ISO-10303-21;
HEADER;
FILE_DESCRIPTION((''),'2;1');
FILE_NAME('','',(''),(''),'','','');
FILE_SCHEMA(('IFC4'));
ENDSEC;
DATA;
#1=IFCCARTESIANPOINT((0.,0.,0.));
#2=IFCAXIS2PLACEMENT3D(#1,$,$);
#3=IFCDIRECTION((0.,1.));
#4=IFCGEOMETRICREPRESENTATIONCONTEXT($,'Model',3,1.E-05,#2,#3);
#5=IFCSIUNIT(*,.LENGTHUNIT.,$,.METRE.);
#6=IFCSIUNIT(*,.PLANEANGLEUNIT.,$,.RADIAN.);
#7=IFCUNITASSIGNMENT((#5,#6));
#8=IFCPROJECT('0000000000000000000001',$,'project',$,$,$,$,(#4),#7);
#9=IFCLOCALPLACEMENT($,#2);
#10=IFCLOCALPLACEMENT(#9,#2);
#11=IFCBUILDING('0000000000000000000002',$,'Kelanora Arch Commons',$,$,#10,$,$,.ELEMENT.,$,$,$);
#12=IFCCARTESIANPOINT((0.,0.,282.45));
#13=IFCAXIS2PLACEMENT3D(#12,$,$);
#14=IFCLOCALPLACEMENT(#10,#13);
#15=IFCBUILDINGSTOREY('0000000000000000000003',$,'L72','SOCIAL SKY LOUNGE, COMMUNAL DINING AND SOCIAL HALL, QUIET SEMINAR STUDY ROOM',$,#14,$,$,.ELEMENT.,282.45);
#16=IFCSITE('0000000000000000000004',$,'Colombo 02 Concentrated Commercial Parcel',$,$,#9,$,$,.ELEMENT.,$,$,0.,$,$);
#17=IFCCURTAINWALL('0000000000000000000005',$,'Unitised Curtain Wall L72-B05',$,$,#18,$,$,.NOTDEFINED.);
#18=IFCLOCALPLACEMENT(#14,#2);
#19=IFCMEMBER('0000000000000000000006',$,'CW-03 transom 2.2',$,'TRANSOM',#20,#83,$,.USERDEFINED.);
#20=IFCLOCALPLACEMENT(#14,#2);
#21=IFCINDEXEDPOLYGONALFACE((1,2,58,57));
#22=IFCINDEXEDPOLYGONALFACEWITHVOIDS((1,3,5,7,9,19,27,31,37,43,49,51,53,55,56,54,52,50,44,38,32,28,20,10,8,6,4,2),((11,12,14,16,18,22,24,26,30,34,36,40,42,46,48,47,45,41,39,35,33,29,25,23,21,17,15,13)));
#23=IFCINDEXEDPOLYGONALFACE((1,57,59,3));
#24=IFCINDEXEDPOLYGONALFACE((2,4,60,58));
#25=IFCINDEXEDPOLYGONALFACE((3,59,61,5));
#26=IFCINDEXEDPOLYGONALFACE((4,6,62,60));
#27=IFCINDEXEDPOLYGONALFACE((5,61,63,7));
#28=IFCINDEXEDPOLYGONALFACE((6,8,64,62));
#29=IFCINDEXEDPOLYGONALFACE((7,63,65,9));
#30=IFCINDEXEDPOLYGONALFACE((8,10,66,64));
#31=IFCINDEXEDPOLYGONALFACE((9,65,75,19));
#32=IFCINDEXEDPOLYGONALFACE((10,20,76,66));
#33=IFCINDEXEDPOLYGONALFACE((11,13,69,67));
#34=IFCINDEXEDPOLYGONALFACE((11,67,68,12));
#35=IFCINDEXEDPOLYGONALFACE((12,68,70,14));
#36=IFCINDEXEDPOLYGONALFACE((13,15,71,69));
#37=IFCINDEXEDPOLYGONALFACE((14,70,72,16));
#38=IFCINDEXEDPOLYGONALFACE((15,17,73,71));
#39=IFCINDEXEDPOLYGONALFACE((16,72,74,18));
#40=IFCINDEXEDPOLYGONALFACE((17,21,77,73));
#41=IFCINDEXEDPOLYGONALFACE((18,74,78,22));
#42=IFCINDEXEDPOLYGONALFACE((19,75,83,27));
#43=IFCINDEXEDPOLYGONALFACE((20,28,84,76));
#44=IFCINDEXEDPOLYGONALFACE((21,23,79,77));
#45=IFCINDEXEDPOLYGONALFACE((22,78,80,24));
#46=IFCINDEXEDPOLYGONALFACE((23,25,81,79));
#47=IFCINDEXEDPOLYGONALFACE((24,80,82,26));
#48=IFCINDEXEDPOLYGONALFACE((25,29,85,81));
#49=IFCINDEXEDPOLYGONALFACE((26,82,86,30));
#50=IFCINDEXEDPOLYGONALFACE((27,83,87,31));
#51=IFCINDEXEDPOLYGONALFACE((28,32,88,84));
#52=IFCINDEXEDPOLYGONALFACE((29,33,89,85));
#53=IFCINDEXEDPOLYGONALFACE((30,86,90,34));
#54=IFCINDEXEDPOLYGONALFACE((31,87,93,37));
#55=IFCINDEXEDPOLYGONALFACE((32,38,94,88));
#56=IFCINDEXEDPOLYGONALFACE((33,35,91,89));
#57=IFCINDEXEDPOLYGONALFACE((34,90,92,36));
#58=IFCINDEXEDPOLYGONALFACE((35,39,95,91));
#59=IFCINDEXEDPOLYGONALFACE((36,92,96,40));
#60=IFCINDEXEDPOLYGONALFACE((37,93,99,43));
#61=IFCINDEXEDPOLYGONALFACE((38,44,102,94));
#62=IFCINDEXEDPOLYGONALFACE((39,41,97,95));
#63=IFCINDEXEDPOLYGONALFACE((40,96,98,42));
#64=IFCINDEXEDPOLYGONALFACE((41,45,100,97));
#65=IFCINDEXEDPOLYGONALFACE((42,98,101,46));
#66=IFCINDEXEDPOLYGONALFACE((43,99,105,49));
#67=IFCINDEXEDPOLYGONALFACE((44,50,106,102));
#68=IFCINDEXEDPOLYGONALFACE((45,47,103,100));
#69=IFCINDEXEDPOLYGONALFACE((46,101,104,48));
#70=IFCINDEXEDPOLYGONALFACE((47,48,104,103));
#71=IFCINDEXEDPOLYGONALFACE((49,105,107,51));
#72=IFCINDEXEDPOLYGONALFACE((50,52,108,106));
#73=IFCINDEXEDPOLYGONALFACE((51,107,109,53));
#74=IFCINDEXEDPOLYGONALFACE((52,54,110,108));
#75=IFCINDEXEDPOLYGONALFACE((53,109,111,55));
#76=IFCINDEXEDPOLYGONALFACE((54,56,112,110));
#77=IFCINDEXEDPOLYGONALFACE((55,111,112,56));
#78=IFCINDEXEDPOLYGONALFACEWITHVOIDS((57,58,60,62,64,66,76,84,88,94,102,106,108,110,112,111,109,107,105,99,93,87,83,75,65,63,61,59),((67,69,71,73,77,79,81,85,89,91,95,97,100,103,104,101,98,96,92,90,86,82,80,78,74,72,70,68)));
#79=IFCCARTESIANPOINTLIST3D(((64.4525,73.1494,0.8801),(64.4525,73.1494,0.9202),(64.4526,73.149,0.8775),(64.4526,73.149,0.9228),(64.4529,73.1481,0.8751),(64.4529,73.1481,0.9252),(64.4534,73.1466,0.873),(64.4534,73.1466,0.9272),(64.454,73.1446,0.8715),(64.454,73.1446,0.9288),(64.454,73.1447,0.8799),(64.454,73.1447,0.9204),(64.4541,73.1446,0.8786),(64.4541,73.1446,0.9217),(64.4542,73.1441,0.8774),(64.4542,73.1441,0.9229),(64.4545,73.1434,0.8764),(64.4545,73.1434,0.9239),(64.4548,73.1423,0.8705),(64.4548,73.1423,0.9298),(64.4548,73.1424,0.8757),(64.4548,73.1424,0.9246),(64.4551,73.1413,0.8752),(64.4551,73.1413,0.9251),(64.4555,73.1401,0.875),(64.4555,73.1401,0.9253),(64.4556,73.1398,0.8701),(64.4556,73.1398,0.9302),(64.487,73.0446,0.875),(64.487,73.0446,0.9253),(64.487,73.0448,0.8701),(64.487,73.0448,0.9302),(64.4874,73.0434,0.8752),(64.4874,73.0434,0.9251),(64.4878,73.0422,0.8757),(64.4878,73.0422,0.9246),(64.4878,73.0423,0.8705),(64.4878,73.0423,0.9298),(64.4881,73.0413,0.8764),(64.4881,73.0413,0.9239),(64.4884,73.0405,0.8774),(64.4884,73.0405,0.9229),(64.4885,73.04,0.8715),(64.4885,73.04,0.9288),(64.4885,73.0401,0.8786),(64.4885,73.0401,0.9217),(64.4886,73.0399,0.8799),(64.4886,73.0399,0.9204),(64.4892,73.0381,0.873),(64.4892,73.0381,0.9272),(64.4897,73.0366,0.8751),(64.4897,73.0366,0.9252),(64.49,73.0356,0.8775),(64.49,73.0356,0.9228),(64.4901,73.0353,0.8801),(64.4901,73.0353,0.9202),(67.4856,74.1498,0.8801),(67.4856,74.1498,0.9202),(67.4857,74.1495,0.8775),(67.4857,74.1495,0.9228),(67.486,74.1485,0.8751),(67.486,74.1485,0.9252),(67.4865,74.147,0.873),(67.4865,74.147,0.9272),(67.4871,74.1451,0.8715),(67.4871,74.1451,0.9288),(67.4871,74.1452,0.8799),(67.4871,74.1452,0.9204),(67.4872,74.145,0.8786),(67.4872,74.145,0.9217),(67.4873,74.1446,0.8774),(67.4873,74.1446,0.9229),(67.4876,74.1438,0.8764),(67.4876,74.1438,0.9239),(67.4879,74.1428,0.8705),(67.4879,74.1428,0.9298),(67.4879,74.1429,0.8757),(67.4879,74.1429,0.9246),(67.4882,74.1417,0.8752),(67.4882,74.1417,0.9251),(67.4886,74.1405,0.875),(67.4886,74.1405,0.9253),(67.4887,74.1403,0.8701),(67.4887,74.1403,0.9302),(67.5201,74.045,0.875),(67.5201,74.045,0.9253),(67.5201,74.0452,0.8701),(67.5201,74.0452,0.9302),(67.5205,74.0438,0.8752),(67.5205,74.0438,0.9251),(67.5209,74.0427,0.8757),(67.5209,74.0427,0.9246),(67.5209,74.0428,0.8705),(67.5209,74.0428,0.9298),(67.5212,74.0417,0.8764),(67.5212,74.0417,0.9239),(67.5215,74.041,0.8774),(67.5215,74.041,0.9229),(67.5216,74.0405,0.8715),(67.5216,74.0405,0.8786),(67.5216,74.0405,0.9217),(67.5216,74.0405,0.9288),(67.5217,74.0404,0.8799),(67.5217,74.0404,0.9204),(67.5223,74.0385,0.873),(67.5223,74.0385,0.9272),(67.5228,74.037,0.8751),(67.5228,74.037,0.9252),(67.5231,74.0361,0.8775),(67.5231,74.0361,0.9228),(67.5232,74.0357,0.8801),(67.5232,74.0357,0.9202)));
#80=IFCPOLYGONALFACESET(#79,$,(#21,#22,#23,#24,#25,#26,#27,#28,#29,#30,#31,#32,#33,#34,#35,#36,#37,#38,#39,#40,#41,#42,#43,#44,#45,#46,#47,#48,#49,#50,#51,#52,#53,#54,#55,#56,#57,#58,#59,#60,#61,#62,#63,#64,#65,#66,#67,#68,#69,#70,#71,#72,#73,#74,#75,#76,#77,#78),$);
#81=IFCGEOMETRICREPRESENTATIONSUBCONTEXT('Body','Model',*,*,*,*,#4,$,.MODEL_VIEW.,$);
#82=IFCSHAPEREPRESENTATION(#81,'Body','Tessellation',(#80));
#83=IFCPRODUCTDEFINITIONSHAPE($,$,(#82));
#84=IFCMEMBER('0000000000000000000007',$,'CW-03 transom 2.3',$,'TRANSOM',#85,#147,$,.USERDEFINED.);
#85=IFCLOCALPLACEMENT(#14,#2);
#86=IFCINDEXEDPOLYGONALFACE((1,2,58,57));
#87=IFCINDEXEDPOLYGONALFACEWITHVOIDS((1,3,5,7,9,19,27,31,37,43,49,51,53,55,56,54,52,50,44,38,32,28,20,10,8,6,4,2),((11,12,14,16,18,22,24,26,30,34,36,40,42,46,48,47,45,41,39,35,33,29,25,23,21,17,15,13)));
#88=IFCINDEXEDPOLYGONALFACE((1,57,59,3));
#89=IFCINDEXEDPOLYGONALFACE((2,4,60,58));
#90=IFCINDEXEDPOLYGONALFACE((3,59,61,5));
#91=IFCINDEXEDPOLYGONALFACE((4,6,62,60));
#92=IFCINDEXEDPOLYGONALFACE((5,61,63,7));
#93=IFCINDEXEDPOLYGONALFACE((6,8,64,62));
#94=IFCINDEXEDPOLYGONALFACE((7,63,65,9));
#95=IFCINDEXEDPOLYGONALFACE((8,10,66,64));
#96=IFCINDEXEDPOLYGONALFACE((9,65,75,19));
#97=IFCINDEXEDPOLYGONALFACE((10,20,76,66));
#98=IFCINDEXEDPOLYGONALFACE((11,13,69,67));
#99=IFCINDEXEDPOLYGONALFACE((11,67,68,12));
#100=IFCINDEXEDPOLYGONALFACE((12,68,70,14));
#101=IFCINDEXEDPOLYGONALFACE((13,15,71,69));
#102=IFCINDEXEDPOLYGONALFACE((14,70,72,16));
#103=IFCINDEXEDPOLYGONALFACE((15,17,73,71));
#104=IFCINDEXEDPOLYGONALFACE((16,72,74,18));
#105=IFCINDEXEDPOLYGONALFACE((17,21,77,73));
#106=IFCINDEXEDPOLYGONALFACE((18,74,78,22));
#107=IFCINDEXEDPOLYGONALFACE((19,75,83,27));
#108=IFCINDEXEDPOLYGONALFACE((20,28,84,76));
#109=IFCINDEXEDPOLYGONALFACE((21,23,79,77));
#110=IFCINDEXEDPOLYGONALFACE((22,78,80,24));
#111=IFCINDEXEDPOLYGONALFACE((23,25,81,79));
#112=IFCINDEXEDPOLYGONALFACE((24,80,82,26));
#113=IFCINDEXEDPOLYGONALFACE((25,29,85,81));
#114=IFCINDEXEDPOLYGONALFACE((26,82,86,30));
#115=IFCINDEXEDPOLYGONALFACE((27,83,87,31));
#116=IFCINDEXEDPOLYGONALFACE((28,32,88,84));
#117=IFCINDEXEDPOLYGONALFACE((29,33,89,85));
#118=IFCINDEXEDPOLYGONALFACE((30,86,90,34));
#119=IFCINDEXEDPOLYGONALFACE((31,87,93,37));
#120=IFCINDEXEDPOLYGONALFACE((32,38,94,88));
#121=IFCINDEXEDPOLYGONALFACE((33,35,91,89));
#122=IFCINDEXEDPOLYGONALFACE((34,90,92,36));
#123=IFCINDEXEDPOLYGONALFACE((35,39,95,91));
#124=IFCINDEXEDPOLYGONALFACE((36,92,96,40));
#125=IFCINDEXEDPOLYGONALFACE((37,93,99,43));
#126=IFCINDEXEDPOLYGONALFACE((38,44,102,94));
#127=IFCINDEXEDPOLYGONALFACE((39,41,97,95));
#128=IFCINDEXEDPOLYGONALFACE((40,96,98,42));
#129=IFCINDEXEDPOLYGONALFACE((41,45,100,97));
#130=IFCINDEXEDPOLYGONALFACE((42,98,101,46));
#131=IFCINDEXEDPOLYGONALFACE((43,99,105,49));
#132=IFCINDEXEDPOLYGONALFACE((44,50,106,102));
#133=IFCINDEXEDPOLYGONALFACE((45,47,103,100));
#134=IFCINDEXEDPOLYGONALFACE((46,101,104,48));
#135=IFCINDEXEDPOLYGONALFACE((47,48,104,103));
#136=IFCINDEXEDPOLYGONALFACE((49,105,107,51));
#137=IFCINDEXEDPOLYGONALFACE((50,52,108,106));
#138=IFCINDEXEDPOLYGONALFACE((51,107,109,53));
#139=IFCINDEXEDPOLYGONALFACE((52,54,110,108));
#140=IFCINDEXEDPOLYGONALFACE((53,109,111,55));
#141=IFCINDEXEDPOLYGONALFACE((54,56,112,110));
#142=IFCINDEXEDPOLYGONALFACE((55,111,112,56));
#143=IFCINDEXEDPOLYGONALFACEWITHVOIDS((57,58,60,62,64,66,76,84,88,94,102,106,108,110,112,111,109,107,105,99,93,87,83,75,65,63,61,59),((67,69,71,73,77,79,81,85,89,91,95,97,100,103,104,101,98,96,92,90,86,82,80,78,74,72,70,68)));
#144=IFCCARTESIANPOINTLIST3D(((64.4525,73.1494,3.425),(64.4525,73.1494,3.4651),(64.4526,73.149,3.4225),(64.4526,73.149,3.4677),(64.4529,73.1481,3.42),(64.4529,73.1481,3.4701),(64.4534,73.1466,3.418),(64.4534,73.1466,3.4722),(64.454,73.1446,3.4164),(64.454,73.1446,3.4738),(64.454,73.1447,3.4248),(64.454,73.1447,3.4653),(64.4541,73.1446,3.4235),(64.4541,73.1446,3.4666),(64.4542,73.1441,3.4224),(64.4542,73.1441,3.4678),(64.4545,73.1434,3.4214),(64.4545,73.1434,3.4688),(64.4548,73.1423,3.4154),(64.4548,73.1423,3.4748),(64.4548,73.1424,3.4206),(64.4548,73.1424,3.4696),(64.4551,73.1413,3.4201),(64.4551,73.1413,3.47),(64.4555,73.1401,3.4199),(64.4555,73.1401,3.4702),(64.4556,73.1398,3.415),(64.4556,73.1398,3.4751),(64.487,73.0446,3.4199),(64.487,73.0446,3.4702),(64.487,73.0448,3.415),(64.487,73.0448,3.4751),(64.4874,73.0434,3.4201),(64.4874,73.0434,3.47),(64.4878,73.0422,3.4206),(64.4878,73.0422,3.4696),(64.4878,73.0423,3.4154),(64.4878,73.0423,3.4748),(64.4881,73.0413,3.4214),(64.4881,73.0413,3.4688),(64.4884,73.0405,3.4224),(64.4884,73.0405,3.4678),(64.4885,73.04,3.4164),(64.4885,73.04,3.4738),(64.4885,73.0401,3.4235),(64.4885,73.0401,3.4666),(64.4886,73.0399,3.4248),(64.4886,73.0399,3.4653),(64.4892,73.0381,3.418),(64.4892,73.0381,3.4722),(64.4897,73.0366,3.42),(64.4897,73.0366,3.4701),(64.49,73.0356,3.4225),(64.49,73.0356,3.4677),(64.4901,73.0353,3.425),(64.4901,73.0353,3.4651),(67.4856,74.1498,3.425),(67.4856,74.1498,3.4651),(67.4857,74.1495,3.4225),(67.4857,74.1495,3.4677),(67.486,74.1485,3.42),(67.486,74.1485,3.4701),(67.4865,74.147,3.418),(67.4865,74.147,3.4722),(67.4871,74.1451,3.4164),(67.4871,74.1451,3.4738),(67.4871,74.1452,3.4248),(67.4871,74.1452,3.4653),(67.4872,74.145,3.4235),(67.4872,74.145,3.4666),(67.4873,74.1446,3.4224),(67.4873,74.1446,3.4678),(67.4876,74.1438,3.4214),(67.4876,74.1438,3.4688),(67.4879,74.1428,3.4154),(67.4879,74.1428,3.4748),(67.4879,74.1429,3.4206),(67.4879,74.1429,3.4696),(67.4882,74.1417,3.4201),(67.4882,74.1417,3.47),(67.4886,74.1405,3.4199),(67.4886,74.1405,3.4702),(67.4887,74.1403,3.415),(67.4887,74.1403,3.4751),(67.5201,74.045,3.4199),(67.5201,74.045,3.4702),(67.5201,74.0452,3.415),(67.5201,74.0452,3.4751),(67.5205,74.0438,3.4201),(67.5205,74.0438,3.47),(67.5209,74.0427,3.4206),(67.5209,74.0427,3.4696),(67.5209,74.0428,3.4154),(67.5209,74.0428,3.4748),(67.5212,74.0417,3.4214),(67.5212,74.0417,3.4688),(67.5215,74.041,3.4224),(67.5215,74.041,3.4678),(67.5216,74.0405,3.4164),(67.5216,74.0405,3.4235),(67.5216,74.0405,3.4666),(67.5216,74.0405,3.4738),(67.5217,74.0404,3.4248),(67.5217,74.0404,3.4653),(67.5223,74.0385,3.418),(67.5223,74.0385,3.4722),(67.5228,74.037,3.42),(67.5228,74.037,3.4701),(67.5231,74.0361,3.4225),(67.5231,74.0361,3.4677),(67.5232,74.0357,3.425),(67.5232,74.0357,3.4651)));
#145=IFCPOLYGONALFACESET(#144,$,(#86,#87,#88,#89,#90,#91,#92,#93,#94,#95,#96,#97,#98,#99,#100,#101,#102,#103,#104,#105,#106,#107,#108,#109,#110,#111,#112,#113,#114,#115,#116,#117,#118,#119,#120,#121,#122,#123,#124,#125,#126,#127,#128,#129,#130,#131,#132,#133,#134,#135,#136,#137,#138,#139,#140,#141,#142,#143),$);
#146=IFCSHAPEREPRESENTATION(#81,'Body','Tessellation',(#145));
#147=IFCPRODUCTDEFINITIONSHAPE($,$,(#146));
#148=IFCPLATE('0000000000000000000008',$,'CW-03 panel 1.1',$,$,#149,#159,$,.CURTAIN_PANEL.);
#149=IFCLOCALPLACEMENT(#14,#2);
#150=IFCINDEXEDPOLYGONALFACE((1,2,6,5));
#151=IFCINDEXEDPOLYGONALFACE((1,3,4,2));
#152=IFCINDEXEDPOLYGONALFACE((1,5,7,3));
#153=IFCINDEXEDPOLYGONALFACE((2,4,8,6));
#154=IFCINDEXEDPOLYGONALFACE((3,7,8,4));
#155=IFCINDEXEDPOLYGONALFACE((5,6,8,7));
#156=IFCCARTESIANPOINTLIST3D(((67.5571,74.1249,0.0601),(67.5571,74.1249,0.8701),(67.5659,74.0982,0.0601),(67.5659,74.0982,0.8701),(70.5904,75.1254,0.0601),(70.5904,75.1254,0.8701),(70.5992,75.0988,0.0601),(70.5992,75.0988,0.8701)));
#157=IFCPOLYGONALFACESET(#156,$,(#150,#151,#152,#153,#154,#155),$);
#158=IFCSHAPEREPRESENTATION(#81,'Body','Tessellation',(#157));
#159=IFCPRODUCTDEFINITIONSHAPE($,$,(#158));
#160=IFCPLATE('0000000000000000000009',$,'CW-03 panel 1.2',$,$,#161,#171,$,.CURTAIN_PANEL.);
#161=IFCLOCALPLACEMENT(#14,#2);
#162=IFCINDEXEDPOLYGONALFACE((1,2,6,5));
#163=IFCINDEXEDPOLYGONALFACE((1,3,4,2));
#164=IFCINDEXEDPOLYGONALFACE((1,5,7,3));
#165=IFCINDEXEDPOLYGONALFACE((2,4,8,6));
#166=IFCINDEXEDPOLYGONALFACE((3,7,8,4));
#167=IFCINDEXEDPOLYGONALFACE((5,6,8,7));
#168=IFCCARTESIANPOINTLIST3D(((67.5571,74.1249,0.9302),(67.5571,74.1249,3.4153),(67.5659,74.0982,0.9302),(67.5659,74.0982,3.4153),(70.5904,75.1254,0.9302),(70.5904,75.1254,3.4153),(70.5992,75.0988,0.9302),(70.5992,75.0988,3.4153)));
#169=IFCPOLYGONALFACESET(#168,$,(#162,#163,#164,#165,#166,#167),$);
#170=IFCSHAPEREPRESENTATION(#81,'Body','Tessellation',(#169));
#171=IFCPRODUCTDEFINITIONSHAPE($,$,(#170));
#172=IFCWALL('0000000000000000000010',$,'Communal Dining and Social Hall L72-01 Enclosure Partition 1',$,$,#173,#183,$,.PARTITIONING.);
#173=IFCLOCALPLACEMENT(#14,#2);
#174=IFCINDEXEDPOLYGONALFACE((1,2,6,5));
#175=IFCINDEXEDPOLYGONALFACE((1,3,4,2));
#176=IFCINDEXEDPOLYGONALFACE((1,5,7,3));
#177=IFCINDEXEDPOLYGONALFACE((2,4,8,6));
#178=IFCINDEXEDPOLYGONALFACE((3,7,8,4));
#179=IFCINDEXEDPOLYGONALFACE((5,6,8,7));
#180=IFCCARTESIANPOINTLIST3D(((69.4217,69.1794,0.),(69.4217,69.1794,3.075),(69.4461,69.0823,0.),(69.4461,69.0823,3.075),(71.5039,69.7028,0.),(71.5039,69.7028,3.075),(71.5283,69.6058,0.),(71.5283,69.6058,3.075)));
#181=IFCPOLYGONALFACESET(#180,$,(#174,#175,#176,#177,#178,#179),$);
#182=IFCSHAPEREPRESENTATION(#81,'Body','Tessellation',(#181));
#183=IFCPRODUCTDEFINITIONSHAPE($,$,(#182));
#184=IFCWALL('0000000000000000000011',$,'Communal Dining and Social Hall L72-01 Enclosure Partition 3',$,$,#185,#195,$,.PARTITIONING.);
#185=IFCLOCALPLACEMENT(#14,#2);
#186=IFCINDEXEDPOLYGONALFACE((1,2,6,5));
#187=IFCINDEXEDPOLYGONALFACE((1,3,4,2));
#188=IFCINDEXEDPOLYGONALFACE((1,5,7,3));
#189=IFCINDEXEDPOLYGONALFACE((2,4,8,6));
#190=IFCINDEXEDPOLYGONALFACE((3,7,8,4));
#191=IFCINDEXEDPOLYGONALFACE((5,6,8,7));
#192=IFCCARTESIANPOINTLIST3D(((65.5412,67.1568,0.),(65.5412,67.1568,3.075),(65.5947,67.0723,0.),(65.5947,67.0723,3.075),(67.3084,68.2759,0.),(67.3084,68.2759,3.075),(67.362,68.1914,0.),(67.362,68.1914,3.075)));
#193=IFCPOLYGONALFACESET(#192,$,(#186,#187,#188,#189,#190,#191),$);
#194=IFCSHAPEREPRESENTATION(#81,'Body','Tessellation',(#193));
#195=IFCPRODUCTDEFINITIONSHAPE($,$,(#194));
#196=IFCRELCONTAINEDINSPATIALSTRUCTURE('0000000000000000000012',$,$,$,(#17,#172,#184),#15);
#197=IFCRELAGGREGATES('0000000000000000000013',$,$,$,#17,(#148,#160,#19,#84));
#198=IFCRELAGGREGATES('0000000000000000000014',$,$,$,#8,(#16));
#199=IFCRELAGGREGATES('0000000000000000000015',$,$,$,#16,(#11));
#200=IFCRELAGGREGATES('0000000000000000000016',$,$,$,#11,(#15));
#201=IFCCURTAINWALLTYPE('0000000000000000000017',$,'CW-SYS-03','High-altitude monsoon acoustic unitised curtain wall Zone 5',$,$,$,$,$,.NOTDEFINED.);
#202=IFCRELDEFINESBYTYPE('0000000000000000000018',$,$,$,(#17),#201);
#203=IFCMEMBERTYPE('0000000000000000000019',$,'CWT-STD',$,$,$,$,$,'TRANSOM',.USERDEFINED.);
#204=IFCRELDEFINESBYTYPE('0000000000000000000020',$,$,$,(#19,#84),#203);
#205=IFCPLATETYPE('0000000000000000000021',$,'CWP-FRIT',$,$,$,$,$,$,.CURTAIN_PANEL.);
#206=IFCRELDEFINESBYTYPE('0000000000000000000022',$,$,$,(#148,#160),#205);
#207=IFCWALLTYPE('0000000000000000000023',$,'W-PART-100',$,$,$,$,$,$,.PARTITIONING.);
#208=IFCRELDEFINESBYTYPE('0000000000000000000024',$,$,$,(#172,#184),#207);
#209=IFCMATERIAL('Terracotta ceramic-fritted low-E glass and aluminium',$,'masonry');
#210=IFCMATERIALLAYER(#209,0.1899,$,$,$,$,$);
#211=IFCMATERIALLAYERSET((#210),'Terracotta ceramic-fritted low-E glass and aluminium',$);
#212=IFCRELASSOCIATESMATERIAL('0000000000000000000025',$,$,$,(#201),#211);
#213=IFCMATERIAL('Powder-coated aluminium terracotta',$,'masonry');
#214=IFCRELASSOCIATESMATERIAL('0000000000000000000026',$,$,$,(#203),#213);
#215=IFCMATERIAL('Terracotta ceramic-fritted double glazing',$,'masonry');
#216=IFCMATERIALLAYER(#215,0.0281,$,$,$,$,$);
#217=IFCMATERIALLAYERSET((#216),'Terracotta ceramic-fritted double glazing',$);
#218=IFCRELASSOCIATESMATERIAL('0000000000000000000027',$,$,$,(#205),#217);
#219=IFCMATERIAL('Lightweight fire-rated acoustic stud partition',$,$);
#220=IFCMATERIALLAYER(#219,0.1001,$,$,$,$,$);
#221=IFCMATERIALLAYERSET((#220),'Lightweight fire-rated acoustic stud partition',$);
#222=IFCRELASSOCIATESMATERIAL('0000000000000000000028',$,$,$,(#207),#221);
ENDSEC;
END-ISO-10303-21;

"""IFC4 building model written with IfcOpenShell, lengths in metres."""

from ifc_helpers import new_model, si_unit, direction, frame, frame_2d, origin, origin_2d, place, context, subcontext, project, spatial, rectangle, hollow_rectangle, extrude, source, transform, mapped, material, layer, layer_set, material_profile, profile_set, type_object, element, aggregate, save


model = new_model("IFC4")

# Units and contexts
model_context = context("Model", 3, precision=1e-05, world=origin(), true_north=direction((0.0, 1.0)))
body_context = subcontext(model_context, "Body", "Model", "MODEL_VIEW")
ifc_project = project(units=[si_unit("LENGTHUNIT", "METRE"), si_unit("PLANEANGLEUNIT", "RADIAN")], contexts=[model_context])

# Site, building, storey
site_placement = place(None, origin())
site = spatial("IfcSite", under=ifc_project, at=site_placement, Name="Colombo 02 Concentrated Commercial Parcel", CompositionType="ELEMENT", RefElevation=0.0)
building_placement = place(site_placement, origin())
building = spatial("IfcBuilding", under=site, at=building_placement, Name="Kelanora Arch Commons", CompositionType="ELEMENT")
storey_placement = place(building_placement, frame((0.0, 0.0, 282.45)))
storey = spatial("IfcBuildingStorey", under=building, at=storey_placement, Name="L72", Description="SOCIAL SKY LOUNGE, COMMUNAL DINING AND SOCIAL HALL, QUIET SEMINAR STUDY ROOM", CompositionType="ELEMENT", Elevation=282.45)

# Curtain wall, members, plates
ifc_material_1 = material(Name="Terracotta ceramic-fritted low-E glass and aluminium", Category="masonry")
ifc_layer_1 = layer(ifc_material_1, 0.1899)
ifc_layer_set_1 = layer_set([ifc_layer_1], Name="Terracotta ceramic-fritted low-E glass and aluminium")
curtain_wall_type = type_object("IfcCurtainWallType", Name="CW-SYS-03", Description="High-altitude monsoon acoustic unitised curtain wall Zone 5", PredefinedType="NOTDEFINED", material=ifc_layer_set_1)
curtain_wall_placement = place(storey_placement, origin())
curtain_wall = element("IfcCurtainWall", 1, at=curtain_wall_placement, inside=storey, type_object=curtain_wall_type, Name="Unitised Curtain Wall L72-B05", PredefinedType="NOTDEFINED")
ifc_material_2 = material(Name="Powder-coated aluminium terracotta", Category="masonry")
ifc_material_profile_1 = material_profile(ifc_material_2, hollow_rectangle(XDim=0.1201, YDim=0.0601, WallThickness=0.0049, InnerFilletRadius=0.0049, OuterFilletRadius=0.01, at=origin_2d()), Name="CWT120x60")
ifc_profile_set_1 = profile_set([ifc_material_profile_1], Name="Powder-coated aluminium terracotta")
member_type_1 = type_object("IfcMemberType", Name="CWT-STD", ElementType="TRANSOM", PredefinedType="USERDEFINED", material=ifc_profile_set_1)
member_1_placement = place(storey_placement, frame((67.5044, 74.0928, 0.9001), z_axis=(-0.949672, -0.313245, 0.0), x_axis=(0.313245, -0.949672, 0.0)))
member_1 = element("IfcMember", 2, at=member_1_placement, type_object=member_type_1, Name="CW-03 transom 2.2", ObjectType="TRANSOM", PredefinedType="USERDEFINED", context=body_context, shape_type="SweptSolid", body=[
    extrude(hollow_rectangle(XDim=0.1201, YDim=0.0601, WallThickness=0.0049, InnerFilletRadius=0.0049, OuterFilletRadius=0.01, at=origin_2d()), origin(), (0.0, 0.0, 1.0), 3.1938),
])
member_2_placement = place(storey_placement, frame((67.5044, 74.0928, 3.4451), z_axis=(-0.949672, -0.313245, 0.0), x_axis=(0.313245, -0.949672, 0.0)))
member_2 = element("IfcMember", 3, at=member_2_placement, type_object=member_type_1, Name="CW-03 transom 2.3", ObjectType="TRANSOM", PredefinedType="USERDEFINED", context=body_context, shape_type="SweptSolid", body=[
    extrude(hollow_rectangle(XDim=0.1201, YDim=0.0601, WallThickness=0.0049, InnerFilletRadius=0.0049, OuterFilletRadius=0.01, at=origin_2d()), origin(), (0.0, 0.0, 1.0), 3.1938),
])
ifc_material_3 = material(Name="Terracotta ceramic-fritted double glazing", Category="masonry")
ifc_layer_2 = layer(ifc_material_3, 0.0281)
ifc_layer_set_2 = layer_set([ifc_layer_2], Name="Terracotta ceramic-fritted double glazing")
plate_type = type_object("IfcPlateType", Name="CWP-FRIT", PredefinedType="CURTAIN_PANEL", material=ifc_layer_set_2)
shared_shape_1 = source(origin(), body_context, "Body", "SweptSolid", [
    extrude(rectangle(XDim=3.1941, YDim=0.0281, at=origin_2d()), origin(), (0.0, 0.0, 1.0), 0.8101),
])
plate_1_placement = place(storey_placement, frame((69.0781, 74.6118, 0.0601), z_axis=(0.0, 0.0, 1.0), x_axis=(-0.94967, -0.313253, 0.0)))
plate_1 = element("IfcPlate", 4, at=plate_1_placement, type_object=plate_type, Name="CW-03 panel 1.1", PredefinedType="CURTAIN_PANEL", context=body_context, shape_type="MappedRepresentation", body=[
    mapped(shared_shape_1, transform((0.0, 0.0, 0.0), scale=1.0)),
])
shared_shape_2 = source(origin(), body_context, "Body", "SweptSolid", [
    extrude(rectangle(XDim=3.1941, YDim=0.0281, at=origin_2d()), origin(), (0.0, 0.0, 1.0), 2.4851),
])
plate_2_placement = place(storey_placement, frame((69.0781, 74.6118, 0.9302), z_axis=(0.0, 0.0, 1.0), x_axis=(-0.94967, -0.313253, 0.0)))
plate_2 = element("IfcPlate", 5, at=plate_2_placement, type_object=plate_type, Name="CW-03 panel 1.2", PredefinedType="CURTAIN_PANEL", context=body_context, shape_type="MappedRepresentation", body=[
    mapped(shared_shape_2, transform((0.0, 0.0, 0.0), scale=1.0)),
])
aggregate(curtain_wall, [plate_1, plate_2, member_1, member_2])

# Walls
ifc_material_4 = material(Name="Lightweight fire-rated acoustic stud partition")
ifc_layer_3 = layer(ifc_material_4, 0.1001)
ifc_layer_set_3 = layer_set([ifc_layer_3], Name="Lightweight fire-rated acoustic stud partition")
wall_type_1 = type_object("IfcWallType", Name="W-PART-100", PredefinedType="PARTITIONING", material=ifc_layer_set_3)
wall_1_placement = place(storey_placement, frame((71.5161, 69.6543, 0.0), z_axis=(0.0, 0.0, 1.0), x_axis=(-0.969827, -0.243793, 0.0)))
element("IfcWall", 6, at=wall_1_placement, inside=storey, type_object=wall_type_1, Name="Communal Dining and Social Hall L72-01 Enclosure Partition 1", PredefinedType="PARTITIONING", context=body_context, shape_type="SweptSolid", body=[
    extrude(rectangle(XDim=2.147, YDim=0.1001, at=frame_2d((1.0735, 0.0))), origin(), (0.0, 0.0, 1.0), 3.075),
])
wall_2_placement = place(storey_placement, frame((67.3352, 68.2336, 0.0), z_axis=(0.0, 0.0, 1.0), x_axis=(-0.844856, -0.534994, 0.0)))
element("IfcWall", 7, at=wall_2_placement, inside=storey, type_object=wall_type_1, Name="Communal Dining and Social Hall L72-01 Enclosure Partition 3", PredefinedType="PARTITIONING", context=body_context, shape_type="SweptSolid", body=[
    extrude(rectangle(XDim=2.0918, YDim=0.1001, at=frame_2d((1.0459, 0.0))), origin(), (0.0, 0.0, 1.0), 3.075),
])

save(model, "model.ifc")
